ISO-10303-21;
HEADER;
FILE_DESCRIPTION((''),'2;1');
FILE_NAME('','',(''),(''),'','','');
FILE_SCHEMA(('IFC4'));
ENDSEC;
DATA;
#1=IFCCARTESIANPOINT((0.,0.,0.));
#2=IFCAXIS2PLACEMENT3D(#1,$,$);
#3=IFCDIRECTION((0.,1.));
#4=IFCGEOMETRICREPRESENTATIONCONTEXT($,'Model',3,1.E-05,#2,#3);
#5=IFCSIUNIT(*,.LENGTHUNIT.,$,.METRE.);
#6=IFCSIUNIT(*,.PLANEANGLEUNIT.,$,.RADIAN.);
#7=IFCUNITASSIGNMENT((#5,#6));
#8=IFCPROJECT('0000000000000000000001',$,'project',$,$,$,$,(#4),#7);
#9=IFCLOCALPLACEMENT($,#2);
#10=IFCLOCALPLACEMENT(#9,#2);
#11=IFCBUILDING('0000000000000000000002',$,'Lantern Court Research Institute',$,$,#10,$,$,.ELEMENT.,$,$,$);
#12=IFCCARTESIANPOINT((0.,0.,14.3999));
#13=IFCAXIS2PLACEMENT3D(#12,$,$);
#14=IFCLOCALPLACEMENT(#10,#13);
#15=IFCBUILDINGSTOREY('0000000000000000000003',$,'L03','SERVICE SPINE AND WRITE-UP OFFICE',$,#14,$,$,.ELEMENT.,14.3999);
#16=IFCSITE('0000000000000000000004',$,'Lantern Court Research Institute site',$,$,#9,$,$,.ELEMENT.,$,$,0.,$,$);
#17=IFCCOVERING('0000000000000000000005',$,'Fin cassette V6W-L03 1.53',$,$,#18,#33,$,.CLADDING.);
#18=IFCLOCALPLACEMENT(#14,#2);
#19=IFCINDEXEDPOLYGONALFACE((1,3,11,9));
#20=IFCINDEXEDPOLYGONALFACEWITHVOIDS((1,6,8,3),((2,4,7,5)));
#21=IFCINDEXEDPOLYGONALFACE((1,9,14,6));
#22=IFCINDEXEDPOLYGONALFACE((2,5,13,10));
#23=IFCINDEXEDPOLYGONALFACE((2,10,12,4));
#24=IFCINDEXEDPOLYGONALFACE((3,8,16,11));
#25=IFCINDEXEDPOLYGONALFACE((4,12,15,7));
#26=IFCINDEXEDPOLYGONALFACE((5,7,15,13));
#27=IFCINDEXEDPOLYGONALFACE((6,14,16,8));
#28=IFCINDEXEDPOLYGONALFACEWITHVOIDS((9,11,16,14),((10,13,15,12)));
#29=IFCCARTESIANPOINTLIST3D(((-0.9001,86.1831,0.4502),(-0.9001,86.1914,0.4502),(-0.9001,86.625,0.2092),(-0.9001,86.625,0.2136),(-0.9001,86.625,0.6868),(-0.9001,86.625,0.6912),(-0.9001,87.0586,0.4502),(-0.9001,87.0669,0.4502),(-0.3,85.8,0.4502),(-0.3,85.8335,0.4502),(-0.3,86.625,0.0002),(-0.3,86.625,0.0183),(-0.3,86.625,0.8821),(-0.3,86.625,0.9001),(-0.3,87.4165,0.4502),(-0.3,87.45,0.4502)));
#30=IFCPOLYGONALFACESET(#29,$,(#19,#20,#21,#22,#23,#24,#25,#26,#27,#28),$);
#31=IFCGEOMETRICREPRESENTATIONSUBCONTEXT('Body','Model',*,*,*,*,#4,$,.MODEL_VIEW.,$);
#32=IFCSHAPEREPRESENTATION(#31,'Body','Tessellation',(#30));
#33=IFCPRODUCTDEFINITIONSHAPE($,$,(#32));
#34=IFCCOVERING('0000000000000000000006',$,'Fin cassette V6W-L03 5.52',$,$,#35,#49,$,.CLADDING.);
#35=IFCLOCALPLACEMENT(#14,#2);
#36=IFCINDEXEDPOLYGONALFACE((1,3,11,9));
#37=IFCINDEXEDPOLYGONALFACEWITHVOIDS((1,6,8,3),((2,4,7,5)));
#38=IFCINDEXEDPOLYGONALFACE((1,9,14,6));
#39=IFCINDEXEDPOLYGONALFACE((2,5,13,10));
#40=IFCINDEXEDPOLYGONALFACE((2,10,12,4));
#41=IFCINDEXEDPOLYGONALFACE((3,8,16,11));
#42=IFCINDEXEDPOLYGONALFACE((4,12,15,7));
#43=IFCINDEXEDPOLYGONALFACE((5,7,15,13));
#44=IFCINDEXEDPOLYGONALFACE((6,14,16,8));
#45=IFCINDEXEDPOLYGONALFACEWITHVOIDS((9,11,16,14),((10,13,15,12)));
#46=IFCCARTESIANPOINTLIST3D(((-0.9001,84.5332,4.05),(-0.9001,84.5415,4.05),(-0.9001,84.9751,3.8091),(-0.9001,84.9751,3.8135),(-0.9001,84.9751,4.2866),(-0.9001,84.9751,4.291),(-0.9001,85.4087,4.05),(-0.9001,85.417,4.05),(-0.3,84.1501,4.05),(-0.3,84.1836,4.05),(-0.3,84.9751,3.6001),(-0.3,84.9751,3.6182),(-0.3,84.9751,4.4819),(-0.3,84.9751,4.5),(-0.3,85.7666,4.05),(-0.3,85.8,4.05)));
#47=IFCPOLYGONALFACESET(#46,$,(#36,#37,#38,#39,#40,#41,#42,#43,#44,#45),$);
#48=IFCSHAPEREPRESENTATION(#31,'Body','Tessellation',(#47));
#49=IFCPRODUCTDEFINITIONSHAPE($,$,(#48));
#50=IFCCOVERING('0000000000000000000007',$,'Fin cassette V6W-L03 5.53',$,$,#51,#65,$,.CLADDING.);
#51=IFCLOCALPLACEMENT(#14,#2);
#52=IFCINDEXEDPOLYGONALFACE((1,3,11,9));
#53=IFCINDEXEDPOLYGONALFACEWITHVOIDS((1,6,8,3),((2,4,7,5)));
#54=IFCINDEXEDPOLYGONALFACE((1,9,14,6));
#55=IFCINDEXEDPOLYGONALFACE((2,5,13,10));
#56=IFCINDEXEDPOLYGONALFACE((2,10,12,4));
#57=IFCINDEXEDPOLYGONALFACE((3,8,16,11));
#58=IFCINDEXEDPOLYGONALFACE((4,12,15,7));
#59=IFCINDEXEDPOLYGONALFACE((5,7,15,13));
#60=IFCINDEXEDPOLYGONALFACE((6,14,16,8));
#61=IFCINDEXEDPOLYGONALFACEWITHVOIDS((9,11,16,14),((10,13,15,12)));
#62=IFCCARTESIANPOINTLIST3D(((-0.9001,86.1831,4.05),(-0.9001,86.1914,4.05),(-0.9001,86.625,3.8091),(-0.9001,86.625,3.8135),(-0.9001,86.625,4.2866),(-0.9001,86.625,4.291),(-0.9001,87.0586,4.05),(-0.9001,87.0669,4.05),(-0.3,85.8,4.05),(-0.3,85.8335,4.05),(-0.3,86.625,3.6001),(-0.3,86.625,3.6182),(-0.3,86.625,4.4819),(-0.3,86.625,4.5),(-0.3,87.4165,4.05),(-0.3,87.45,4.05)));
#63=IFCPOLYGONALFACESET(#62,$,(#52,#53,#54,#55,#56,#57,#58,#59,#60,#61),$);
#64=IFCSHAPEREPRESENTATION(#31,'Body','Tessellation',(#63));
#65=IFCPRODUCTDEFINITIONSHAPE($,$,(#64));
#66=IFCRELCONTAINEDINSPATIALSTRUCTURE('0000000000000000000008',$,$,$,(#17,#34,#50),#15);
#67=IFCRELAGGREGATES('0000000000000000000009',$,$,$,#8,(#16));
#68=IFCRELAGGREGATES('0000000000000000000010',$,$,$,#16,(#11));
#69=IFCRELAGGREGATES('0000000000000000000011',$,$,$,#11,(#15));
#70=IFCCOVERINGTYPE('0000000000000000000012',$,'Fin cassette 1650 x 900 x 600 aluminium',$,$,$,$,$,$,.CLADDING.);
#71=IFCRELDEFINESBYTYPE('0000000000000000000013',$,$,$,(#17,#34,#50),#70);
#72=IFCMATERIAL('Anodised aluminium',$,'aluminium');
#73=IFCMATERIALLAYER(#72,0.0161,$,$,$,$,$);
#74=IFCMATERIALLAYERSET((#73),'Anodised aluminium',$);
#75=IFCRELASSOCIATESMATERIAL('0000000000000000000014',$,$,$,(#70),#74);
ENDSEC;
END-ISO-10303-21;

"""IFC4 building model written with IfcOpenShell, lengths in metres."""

from ifc_helpers import new_model, entity, si_unit, direction, frame, origin, place, context, subcontext, project, spatial, material, layer, layer_set, type_object, element, save


model = new_model("IFC4")

# Units and contexts
model_context = context("Model", 3, precision=1e-05, world=origin(), true_north=direction((0.0, 1.0)))
body_context = subcontext(model_context, "Body", "Model", "MODEL_VIEW")
ifc_project = project(units=[si_unit("LENGTHUNIT", "METRE"), si_unit("PLANEANGLEUNIT", "RADIAN")], contexts=[model_context])

# Site, building, storey
site_placement = place(None, origin())
site = spatial("IfcSite", under=ifc_project, at=site_placement, Name="Lantern Court Research Institute site", CompositionType="ELEMENT", RefElevation=0.0)
building_placement = place(site_placement, origin())
building = spatial("IfcBuilding", under=site, at=building_placement, Name="Lantern Court Research Institute", CompositionType="ELEMENT")
storey_placement = place(building_placement, frame((0.0, 0.0, 14.3999)))
storey = spatial("IfcBuildingStorey", under=building, at=storey_placement, Name="L03", Description="SERVICE SPINE AND WRITE-UP OFFICE", CompositionType="ELEMENT", Elevation=14.3999)

# Coverings
ifc_material_1 = material(Name="Anodised aluminium", Category="aluminium")
ifc_layer_1 = layer(ifc_material_1, 0.0161)
ifc_layer_set_1 = layer_set([ifc_layer_1], Name="Anodised aluminium")
covering_type_1 = type_object("IfcCoveringType", Name="Fin cassette 1650 x 900 x 600 aluminium", PredefinedType="CLADDING", material=ifc_layer_set_1)
covering_1_placement = place(storey_placement, frame((-0.3, 86.625, 0.4502), z_axis=(-1.0, 0.0, 0.0), x_axis=(0.0, -1.0, 0.0)))
cartesian_point_1 = entity("IfcCartesianPoint", [0.825, 0.0])
cartesian_point_2 = entity("IfcCartesianPoint", [0.7915, 0.0])
cartesian_point_3 = entity("IfcCartesianPoint", [0.4419, 0.0])
cartesian_point_4 = entity("IfcCartesianPoint", [0.4336, 0.0])
element("IfcCovering", 1, at=covering_1_placement, inside=storey, type_object=covering_type_1, Name="Fin cassette V6W-L03 1.53", PredefinedType="CLADDING", context=body_context, shape_type="SweptSolid", body=[
    entity("IfcExtrudedAreaSolidTapered", entity("IfcArbitraryProfileDefWithVoids", "AREA", None, entity("IfcPolyline", [cartesian_point_1, entity("IfcCartesianPoint", [0.0, 0.45]), entity("IfcCartesianPoint", [-0.825, 0.0]), entity("IfcCartesianPoint", [0.0, -0.45]), cartesian_point_1]), [entity("IfcPolyline", [cartesian_point_2, entity("IfcCartesianPoint", [0.0, 0.4319]), entity("IfcCartesianPoint", [-0.7915, 0.0]), entity("IfcCartesianPoint", [0.0, -0.4319]), cartesian_point_2])]), entity("IfcAxis2Placement3D", entity("IfcCartesianPoint", [0.0, 0.0, 0.0])), entity("IfcDirection", [0.0, 0.0, 1.0]), 0.6001, entity("IfcArbitraryProfileDefWithVoids", "AREA", None, entity("IfcPolyline", [cartesian_point_3, entity("IfcCartesianPoint", [0.0, 0.241]), entity("IfcCartesianPoint", [-0.4419, 0.0]), entity("IfcCartesianPoint", [0.0, -0.241]), cartesian_point_3]), [entity("IfcPolyline", [cartesian_point_4, entity("IfcCartesianPoint", [0.0, 0.2366]), entity("IfcCartesianPoint", [-0.4336, 0.0]), entity("IfcCartesianPoint", [0.0, -0.2366]), cartesian_point_4])])),
])
covering_2_placement = place(storey_placement, frame((-0.3, 84.9751, 4.05), z_axis=(-1.0, 0.0, 0.0), x_axis=(0.0, -1.0, 0.0)))
cartesian_point_5 = entity("IfcCartesianPoint", [0.825, 0.0])
cartesian_point_6 = entity("IfcCartesianPoint", [0.7915, 0.0])
cartesian_point_7 = entity("IfcCartesianPoint", [0.4419, 0.0])
cartesian_point_8 = entity("IfcCartesianPoint", [0.4336, 0.0])
element("IfcCovering", 2, at=covering_2_placement, inside=storey, type_object=covering_type_1, Name="Fin cassette V6W-L03 5.52", PredefinedType="CLADDING", context=body_context, shape_type="SweptSolid", body=[
    entity("IfcExtrudedAreaSolidTapered", entity("IfcArbitraryProfileDefWithVoids", "AREA", None, entity("IfcPolyline", [cartesian_point_5, entity("IfcCartesianPoint", [0.0, 0.45]), entity("IfcCartesianPoint", [-0.825, 0.0]), entity("IfcCartesianPoint", [0.0, -0.45]), cartesian_point_5]), [entity("IfcPolyline", [cartesian_point_6, entity("IfcCartesianPoint", [0.0, 0.4319]), entity("IfcCartesianPoint", [-0.7915, 0.0]), entity("IfcCartesianPoint", [0.0, -0.4319]), cartesian_point_6])]), entity("IfcAxis2Placement3D", entity("IfcCartesianPoint", [0.0, 0.0, 0.0])), entity("IfcDirection", [0.0, 0.0, 1.0]), 0.6001, entity("IfcArbitraryProfileDefWithVoids", "AREA", None, entity("IfcPolyline", [cartesian_point_7, entity("IfcCartesianPoint", [0.0, 0.241]), entity("IfcCartesianPoint", [-0.4419, 0.0]), entity("IfcCartesianPoint", [0.0, -0.241]), cartesian_point_7]), [entity("IfcPolyline", [cartesian_point_8, entity("IfcCartesianPoint", [0.0, 0.2366]), entity("IfcCartesianPoint", [-0.4336, 0.0]), entity("IfcCartesianPoint", [0.0, -0.2366]), cartesian_point_8])])),
])
covering_3_placement = place(storey_placement, frame((-0.3, 86.625, 4.05), z_axis=(-1.0, 0.0, 0.0), x_axis=(0.0, -1.0, 0.0)))
cartesian_point_9 = entity("IfcCartesianPoint", [0.825, 0.0])
cartesian_point_10 = entity("IfcCartesianPoint", [0.7915, 0.0])
cartesian_point_11 = entity("IfcCartesianPoint", [0.4419, 0.0])
cartesian_point_12 = entity("IfcCartesianPoint", [0.4336, 0.0])
element("IfcCovering", 3, at=covering_3_placement, inside=storey, type_object=covering_type_1, Name="Fin cassette V6W-L03 5.53", PredefinedType="CLADDING", context=body_context, shape_type="SweptSolid", body=[
    entity("IfcExtrudedAreaSolidTapered", entity("IfcArbitraryProfileDefWithVoids", "AREA", None, entity("IfcPolyline", [cartesian_point_9, entity("IfcCartesianPoint", [0.0, 0.45]), entity("IfcCartesianPoint", [-0.825, 0.0]), entity("IfcCartesianPoint", [0.0, -0.45]), cartesian_point_9]), [entity("IfcPolyline", [cartesian_point_10, entity("IfcCartesianPoint", [0.0, 0.4319]), entity("IfcCartesianPoint", [-0.7915, 0.0]), entity("IfcCartesianPoint", [0.0, -0.4319]), cartesian_point_10])]), entity("IfcAxis2Placement3D", entity("IfcCartesianPoint", [0.0, 0.0, 0.0])), entity("IfcDirection", [0.0, 0.0, 1.0]), 0.6001, entity("IfcArbitraryProfileDefWithVoids", "AREA", None, entity("IfcPolyline", [cartesian_point_11, entity("IfcCartesianPoint", [0.0, 0.241]), entity("IfcCartesianPoint", [-0.4419, 0.0]), entity("IfcCartesianPoint", [0.0, -0.241]), cartesian_point_11]), [entity("IfcPolyline", [cartesian_point_12, entity("IfcCartesianPoint", [0.0, 0.2366]), entity("IfcCartesianPoint", [-0.4336, 0.0]), entity("IfcCartesianPoint", [0.0, -0.2366]), cartesian_point_12])])),
])

save(model, "model.ifc")
